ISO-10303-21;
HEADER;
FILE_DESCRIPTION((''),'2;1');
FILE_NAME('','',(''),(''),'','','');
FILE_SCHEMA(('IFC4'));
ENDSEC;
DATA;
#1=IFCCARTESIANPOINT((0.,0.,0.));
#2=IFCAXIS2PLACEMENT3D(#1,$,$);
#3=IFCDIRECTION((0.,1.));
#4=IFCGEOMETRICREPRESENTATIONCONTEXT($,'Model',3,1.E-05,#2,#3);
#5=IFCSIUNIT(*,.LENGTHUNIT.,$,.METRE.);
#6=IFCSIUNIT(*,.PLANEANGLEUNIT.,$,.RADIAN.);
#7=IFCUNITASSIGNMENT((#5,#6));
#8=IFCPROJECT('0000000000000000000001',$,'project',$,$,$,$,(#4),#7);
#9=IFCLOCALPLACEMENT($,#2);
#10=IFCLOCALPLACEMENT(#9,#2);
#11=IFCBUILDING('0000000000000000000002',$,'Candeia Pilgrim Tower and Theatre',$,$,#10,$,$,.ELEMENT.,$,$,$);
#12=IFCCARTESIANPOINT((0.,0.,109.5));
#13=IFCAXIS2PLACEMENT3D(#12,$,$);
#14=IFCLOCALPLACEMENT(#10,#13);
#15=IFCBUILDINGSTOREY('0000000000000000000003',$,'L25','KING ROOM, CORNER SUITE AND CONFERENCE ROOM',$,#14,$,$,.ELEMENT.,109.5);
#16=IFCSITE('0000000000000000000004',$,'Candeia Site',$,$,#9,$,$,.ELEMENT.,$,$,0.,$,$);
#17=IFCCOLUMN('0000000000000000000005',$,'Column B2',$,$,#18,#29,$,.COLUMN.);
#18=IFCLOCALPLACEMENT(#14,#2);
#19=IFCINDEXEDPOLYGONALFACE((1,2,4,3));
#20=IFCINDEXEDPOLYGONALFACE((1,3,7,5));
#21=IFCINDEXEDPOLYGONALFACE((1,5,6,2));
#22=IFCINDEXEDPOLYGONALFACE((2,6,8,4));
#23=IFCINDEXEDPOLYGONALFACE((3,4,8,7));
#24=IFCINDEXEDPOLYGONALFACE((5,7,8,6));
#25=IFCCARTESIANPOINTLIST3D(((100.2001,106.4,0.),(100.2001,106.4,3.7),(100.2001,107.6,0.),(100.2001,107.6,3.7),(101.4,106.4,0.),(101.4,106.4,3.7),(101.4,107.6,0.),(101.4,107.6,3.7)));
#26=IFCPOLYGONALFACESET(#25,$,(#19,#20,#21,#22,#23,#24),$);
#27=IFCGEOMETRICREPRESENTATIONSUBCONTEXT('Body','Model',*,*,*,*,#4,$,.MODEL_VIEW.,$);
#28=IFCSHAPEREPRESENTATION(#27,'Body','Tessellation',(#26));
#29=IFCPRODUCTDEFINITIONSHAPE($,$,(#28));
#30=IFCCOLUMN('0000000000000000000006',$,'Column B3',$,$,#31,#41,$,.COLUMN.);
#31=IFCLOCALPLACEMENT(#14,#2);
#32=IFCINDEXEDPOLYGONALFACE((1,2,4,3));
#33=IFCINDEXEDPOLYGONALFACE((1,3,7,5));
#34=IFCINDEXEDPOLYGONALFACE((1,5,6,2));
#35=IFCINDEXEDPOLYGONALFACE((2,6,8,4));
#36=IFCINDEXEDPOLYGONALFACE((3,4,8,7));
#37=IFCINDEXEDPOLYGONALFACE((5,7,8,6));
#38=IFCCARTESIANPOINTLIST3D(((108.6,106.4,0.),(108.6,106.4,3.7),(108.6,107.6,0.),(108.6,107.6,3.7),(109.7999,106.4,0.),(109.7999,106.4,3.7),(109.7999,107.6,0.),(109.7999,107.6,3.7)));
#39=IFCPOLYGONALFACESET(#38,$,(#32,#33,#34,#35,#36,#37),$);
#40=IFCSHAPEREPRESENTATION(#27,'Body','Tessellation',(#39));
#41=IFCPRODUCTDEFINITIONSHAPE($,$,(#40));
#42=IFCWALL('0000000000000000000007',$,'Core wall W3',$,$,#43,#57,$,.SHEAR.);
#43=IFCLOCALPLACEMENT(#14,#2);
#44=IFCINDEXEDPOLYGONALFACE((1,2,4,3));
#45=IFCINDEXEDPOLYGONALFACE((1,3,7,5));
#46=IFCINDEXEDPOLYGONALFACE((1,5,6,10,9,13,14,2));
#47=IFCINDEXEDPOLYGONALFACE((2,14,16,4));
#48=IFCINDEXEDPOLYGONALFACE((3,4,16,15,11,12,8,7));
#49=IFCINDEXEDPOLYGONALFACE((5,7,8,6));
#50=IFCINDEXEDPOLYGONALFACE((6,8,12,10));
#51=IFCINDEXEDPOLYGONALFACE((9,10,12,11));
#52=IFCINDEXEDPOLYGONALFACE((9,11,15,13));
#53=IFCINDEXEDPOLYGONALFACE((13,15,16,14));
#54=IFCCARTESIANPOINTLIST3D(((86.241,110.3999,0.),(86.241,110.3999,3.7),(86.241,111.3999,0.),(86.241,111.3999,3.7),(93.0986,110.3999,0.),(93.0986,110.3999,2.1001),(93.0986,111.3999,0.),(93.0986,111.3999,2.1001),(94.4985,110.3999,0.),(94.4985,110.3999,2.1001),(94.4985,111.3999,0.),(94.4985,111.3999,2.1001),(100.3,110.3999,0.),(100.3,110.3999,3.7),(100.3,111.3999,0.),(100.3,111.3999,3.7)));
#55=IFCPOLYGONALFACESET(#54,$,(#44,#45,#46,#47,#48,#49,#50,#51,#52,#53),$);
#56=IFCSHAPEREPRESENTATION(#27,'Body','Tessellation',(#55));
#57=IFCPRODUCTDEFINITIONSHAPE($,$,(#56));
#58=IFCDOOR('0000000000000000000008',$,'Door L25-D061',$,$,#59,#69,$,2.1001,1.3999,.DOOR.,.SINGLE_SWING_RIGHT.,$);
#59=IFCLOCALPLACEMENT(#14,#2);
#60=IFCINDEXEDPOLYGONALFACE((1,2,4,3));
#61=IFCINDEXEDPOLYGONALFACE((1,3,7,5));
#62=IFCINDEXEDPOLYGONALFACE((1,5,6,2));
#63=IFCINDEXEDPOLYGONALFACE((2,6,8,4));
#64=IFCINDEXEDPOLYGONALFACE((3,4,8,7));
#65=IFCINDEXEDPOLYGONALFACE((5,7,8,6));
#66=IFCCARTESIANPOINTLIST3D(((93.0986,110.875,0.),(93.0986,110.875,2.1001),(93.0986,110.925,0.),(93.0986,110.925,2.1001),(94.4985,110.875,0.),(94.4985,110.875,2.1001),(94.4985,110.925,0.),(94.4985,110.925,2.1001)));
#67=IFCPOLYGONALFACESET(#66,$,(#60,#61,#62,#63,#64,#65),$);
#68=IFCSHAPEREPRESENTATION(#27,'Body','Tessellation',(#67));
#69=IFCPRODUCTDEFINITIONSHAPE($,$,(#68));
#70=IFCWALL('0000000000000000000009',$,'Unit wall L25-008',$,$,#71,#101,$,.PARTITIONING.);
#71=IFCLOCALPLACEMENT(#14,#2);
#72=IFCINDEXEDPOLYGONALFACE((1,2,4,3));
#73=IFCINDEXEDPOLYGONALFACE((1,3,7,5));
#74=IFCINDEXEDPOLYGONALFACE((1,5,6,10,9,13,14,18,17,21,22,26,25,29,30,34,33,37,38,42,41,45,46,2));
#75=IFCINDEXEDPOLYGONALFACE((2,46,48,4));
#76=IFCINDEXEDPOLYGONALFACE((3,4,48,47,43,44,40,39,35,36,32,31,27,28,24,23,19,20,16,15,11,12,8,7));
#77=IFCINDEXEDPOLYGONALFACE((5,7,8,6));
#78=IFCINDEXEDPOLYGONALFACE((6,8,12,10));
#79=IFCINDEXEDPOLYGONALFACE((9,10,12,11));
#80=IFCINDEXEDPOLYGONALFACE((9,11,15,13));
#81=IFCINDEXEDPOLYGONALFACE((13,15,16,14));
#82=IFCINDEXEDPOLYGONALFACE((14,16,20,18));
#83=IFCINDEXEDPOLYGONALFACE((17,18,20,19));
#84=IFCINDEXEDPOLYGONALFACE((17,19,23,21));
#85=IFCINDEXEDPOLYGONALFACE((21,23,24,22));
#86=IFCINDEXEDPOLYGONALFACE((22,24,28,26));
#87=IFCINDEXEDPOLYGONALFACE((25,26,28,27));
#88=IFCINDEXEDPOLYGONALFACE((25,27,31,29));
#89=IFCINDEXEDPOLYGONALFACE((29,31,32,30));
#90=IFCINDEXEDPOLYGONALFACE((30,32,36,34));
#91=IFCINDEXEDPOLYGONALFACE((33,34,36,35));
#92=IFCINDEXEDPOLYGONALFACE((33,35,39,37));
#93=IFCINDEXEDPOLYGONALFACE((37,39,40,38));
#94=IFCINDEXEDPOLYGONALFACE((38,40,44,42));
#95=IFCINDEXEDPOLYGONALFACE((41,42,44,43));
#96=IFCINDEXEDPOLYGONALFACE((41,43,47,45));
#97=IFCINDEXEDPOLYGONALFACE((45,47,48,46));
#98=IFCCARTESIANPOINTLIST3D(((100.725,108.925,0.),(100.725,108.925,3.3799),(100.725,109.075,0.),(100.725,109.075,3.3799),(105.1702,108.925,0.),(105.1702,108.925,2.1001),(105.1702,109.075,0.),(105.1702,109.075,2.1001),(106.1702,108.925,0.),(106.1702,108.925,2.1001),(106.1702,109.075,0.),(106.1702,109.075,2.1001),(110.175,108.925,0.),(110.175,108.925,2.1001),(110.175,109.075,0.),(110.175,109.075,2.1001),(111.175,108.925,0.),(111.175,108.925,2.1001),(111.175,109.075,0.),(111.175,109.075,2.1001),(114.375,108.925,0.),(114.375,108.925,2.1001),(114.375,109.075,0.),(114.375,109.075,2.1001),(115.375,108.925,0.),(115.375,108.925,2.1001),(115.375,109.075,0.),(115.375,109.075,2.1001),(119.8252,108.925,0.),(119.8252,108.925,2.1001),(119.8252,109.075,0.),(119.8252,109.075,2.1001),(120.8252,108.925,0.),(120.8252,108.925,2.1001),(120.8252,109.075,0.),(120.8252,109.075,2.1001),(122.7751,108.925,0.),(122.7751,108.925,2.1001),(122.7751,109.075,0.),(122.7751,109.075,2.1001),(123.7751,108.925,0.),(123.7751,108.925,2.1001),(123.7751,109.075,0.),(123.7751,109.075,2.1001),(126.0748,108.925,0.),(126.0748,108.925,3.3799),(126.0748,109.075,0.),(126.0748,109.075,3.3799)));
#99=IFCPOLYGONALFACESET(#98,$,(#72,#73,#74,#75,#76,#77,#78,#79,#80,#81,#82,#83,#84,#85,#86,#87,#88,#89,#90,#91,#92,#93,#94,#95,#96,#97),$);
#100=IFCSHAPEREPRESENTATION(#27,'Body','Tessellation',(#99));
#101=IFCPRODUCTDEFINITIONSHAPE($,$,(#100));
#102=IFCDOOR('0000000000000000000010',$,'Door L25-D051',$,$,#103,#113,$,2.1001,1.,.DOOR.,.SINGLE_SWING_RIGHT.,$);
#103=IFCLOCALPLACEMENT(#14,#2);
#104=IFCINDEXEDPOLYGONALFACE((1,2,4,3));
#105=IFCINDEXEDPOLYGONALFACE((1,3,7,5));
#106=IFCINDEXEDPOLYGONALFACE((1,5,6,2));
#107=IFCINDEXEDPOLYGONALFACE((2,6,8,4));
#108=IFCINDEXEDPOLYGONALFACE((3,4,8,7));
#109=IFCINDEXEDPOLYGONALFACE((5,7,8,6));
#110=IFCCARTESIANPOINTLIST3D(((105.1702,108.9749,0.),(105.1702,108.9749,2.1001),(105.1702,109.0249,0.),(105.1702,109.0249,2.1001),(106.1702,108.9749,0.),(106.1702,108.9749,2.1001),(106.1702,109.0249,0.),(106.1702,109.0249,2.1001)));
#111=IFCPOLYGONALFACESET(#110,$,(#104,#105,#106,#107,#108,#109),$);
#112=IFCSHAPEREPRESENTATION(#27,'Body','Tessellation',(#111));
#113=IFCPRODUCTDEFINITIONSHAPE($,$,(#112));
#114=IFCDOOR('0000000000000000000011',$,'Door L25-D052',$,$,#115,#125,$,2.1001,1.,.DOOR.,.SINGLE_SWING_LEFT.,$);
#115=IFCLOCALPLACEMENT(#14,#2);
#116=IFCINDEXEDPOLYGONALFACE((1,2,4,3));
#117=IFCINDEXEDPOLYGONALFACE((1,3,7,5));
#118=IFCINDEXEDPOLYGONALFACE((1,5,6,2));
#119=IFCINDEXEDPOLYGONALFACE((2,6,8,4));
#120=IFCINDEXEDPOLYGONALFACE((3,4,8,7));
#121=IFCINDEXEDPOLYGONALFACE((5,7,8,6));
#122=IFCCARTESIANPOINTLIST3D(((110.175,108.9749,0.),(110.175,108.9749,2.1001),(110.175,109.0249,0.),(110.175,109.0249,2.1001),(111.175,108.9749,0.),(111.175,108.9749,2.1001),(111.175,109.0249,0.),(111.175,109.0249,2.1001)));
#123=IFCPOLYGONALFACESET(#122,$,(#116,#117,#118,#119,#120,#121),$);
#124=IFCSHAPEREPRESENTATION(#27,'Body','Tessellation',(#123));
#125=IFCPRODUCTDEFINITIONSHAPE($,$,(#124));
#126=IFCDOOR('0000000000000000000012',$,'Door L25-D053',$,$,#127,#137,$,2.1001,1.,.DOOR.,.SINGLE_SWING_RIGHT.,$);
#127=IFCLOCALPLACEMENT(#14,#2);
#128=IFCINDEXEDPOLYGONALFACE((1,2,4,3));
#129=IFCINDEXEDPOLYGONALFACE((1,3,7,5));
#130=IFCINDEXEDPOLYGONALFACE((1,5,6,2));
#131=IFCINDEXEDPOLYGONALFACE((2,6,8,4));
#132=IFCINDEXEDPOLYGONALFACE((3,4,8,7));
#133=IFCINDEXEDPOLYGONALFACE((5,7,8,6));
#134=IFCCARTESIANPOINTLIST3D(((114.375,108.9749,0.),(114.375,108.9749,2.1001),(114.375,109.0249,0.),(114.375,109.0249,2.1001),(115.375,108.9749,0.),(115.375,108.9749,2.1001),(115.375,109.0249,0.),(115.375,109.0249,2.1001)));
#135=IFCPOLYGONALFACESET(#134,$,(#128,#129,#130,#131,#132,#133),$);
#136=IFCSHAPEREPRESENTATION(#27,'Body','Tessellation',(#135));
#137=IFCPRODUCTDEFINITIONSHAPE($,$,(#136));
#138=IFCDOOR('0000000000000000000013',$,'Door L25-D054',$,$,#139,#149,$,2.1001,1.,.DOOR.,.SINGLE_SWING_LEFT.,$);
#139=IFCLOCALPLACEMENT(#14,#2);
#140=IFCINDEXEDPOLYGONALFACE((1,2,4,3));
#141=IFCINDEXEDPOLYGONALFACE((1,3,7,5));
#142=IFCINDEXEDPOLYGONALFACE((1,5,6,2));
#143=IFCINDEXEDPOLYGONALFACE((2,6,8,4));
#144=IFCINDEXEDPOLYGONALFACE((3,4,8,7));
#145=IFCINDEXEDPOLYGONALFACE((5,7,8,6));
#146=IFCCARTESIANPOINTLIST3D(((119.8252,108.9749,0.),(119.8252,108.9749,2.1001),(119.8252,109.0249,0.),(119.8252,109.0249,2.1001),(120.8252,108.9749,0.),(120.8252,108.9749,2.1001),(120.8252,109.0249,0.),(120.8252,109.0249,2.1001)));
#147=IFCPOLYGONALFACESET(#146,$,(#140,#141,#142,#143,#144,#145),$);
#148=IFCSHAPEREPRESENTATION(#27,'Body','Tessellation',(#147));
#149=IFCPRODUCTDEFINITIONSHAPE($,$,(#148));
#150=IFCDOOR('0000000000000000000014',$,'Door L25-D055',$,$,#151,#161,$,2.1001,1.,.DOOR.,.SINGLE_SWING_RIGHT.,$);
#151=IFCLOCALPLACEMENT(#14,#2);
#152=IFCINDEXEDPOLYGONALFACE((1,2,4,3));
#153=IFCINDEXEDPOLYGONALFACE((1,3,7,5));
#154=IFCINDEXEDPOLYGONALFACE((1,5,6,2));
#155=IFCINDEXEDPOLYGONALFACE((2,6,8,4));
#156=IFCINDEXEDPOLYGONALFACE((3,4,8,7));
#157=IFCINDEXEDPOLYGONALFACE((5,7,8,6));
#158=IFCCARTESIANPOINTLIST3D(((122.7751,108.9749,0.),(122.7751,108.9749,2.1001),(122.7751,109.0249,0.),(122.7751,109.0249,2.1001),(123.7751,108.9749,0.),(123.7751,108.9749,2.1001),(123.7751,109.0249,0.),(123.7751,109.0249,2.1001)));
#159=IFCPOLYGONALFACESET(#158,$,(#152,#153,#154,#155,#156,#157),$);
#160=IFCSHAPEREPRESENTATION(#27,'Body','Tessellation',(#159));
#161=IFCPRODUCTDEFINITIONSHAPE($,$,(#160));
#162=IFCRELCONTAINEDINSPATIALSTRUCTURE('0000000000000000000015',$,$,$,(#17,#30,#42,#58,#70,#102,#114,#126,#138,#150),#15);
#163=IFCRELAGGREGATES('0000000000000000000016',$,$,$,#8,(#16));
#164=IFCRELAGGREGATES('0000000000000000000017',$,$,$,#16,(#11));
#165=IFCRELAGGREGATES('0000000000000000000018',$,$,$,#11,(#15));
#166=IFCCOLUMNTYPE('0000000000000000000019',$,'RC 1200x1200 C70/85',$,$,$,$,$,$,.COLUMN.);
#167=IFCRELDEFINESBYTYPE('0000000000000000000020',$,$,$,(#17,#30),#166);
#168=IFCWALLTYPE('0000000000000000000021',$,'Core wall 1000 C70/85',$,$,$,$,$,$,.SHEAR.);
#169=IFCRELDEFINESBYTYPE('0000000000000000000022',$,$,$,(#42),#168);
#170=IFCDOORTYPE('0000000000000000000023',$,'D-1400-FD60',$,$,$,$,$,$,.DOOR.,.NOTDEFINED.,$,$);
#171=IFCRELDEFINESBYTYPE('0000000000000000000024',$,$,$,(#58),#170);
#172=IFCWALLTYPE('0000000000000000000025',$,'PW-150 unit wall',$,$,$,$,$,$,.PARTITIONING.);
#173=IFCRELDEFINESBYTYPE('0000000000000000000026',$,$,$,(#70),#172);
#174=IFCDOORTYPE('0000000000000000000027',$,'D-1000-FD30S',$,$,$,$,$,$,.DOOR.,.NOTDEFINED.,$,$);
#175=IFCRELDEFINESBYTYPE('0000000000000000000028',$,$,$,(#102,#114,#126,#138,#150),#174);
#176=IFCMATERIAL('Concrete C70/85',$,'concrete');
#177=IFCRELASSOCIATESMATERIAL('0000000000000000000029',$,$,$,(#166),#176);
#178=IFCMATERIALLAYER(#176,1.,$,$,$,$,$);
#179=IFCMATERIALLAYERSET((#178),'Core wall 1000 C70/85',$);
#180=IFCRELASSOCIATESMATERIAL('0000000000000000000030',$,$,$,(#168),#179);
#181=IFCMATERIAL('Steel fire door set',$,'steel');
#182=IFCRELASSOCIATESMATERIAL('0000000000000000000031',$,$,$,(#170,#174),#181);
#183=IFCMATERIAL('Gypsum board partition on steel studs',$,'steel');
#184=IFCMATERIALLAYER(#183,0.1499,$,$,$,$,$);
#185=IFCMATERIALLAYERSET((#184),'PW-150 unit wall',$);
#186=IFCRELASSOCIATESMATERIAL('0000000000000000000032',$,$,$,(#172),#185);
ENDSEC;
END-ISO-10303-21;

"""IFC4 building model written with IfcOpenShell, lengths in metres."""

from ifc_helpers import new_model, si_unit, direction, frame, frame_2d, origin, origin_2d, place, context, subcontext, project, spatial, rectangle, extrude, material, layer, layer_set, material_profile, profile_set, type_object, element, fill, save


model = new_model("IFC4")

# Units and contexts
model_context = context("Model", 3, precision=1e-05, world=origin(), true_north=direction((0.0, 1.0)))
body_context = subcontext(model_context, "Body", "Model", "MODEL_VIEW")
ifc_project = project(units=[si_unit("LENGTHUNIT", "METRE"), si_unit("PLANEANGLEUNIT", "RADIAN")], contexts=[model_context])

# Site, building, storey
site_placement = place(None, origin())
site = spatial("IfcSite", under=ifc_project, at=site_placement, Name="Candeia Site", CompositionType="ELEMENT", RefElevation=0.0)
building_placement = place(site_placement, origin())
building = spatial("IfcBuilding", under=site, at=building_placement, Name="Candeia Pilgrim Tower and Theatre", CompositionType="ELEMENT")
storey_placement = place(building_placement, frame((0.0, 0.0, 109.5)))
storey = spatial("IfcBuildingStorey", under=building, at=storey_placement, Name="L25", Description="KING ROOM, CORNER SUITE AND CONFERENCE ROOM", CompositionType="ELEMENT", Elevation=109.5)

# Columns
ifc_material_1 = material(Name="Concrete C70/85", Category="concrete")
ifc_material_profile = material_profile(ifc_material_1, rectangle(XDim=1.2, YDim=1.2, at=origin_2d()))
ifc_profile_set = profile_set([ifc_material_profile], Name="Concrete C70/85")
column_type = type_object("IfcColumnType", Name="RC 1200x1200 C70/85", PredefinedType="COLUMN", material=ifc_profile_set)
for number, where, z_axis, x_axis, name in (
    (1, (100.8, 107.0, 0.0), (0.0, 0.0, 1.0), (1.0, 0.0, 0.0), "Column B2"),
    (2, (109.2, 107.0, 0.0), (0.0, 0.0, 1.0), (1.0, 0.0, 0.0), "Column B3"),
):
    element("IfcColumn", number, at=place(storey_placement, frame(where, z_axis=z_axis, x_axis=x_axis)), inside=storey, type_object=column_type, Name=name, PredefinedType="COLUMN", context=body_context, shape_type="SweptSolid", body=[
        extrude(rectangle(XDim=1.2, YDim=1.2, at=origin_2d()), origin(), (0.0, 0.0, 1.0), 3.7),
    ])

# Wall, opening, door
ifc_layer_1 = layer(ifc_material_1, 1.0)
ifc_layer_set_1 = layer_set([ifc_layer_1], Name="Core wall 1000 C70/85")
wall_type_1 = type_object("IfcWallType", Name="Core wall 1000 C70/85", PredefinedType="SHEAR", material=ifc_layer_set_1)
wall_1_placement = place(storey_placement, frame((100.3, 110.8999, 0.0), z_axis=(0.0, 0.0, 1.0), x_axis=(-1.0, 0.0, 0.0)))
wall_1 = element("IfcWall", 3, at=wall_1_placement, inside=storey, type_object=wall_type_1, Name="Core wall W3", PredefinedType="SHEAR", context=body_context, shape_type="SweptSolid", body=[
    extrude(rectangle(XDim=14.0591, YDim=1.0, at=frame_2d((7.0295, 0.0))), origin(), (0.0, 0.0, 1.0), 3.7),
])
opening_1_placement = place(wall_1_placement, frame((5.8015, 0.0, 0.0)))
opening_1 = element("IfcOpeningElement", 4, at=opening_1_placement, cuts=wall_1, PredefinedType="OPENING", context=body_context, shape_type="SweptSolid", body=[
    extrude(rectangle(XDim=1.3999, YDim=2.1001, at=frame_2d((0.7, 1.05))), frame((0.0, 0.51, 0.0), z_axis=(0.0, -1.0, 0.0), x_axis=(1.0, 0.0, 0.0)), (0.0, 0.0, 1.0), 1.02),
])
ifc_material_2 = material(Name="Steel fire door set", Category="steel")
door_type_1 = type_object("IfcDoorType", Name="D-1400-FD60", OperationType="NOTDEFINED", PredefinedType="DOOR", material=ifc_material_2)
door_1_placement = place(opening_1_placement, origin())
door_1 = element("IfcDoor", 5, at=door_1_placement, inside=storey, type_object=door_type_1, Name="Door L25-D061", OperationType="SINGLE_SWING_RIGHT", OverallHeight=2.1001, OverallWidth=1.3999, PredefinedType="DOOR", context=body_context, shape_type="SweptSolid", body=[
    extrude(rectangle(XDim=1.3999, YDim=2.1001, at=frame_2d((0.7, 1.05))), frame((0.0, 0.0249, 0.0), z_axis=(0.0, -1.0, 0.0), x_axis=(1.0, 0.0, 0.0)), (0.0, 0.0, 1.0), 0.05),
])
fill(opening_1, door_1)

# Wall, openings, doors
ifc_material_3 = material(Name="Gypsum board partition on steel studs", Category="steel")
ifc_layer_2 = layer(ifc_material_3, 0.1499)
ifc_layer_set_2 = layer_set([ifc_layer_2], Name="PW-150 unit wall")
wall_type_2 = type_object("IfcWallType", Name="PW-150 unit wall", PredefinedType="PARTITIONING", material=ifc_layer_set_2)
wall_2_placement = place(storey_placement, frame((100.7251, 109.0, 0.0), z_axis=(0.0, 0.0, 1.0), x_axis=(1.0, 0.0, 0.0)))
wall_2 = element("IfcWall", 6, at=wall_2_placement, inside=storey, type_object=wall_type_2, Name="Unit wall L25-008", PredefinedType="PARTITIONING", context=body_context, shape_type="SweptSolid", body=[
    extrude(rectangle(XDim=25.3499, YDim=0.1499, at=frame_2d((12.6748, 0.0))), origin(), (0.0, 0.0, 1.0), 3.3799),
])
opening_2_placement = place(wall_2_placement, frame((4.4451, 0.0, 0.0)))
opening_2 = element("IfcOpeningElement", 7, at=opening_2_placement, cuts=wall_2, PredefinedType="OPENING", context=body_context, shape_type="SweptSolid", body=[
    extrude(rectangle(XDim=1.0, YDim=2.1001, at=frame_2d((0.5, 1.05))), frame((0.0, 0.085, 0.0), z_axis=(0.0, -1.0, 0.0), x_axis=(1.0, 0.0, 0.0)), (0.0, 0.0, 1.0), 0.1699),
])
opening_3_placement = place(wall_2_placement, frame((9.45, 0.0, 0.0)))
opening_3 = element("IfcOpeningElement", 8, at=opening_3_placement, cuts=wall_2, PredefinedType="OPENING", context=body_context, shape_type="SweptSolid", body=[
    extrude(rectangle(XDim=1.0, YDim=2.1001, at=frame_2d((0.5, 1.05))), frame((0.0, 0.085, 0.0), z_axis=(0.0, -1.0, 0.0), x_axis=(1.0, 0.0, 0.0)), (0.0, 0.0, 1.0), 0.1699),
])
opening_4_placement = place(wall_2_placement, frame((13.6499, 0.0, 0.0)))
opening_4 = element("IfcOpeningElement", 9, at=opening_4_placement, cuts=wall_2, PredefinedType="OPENING", context=body_context, shape_type="SweptSolid", body=[
    extrude(rectangle(XDim=1.0, YDim=2.1001, at=frame_2d((0.5, 1.05))), frame((0.0, 0.085, 0.0), z_axis=(0.0, -1.0, 0.0), x_axis=(1.0, 0.0, 0.0)), (0.0, 0.0, 1.0), 0.1699),
])
opening_5_placement = place(wall_2_placement, frame((19.1001, 0.0, 0.0)))
opening_5 = element("IfcOpeningElement", 10, at=opening_5_placement, cuts=wall_2, PredefinedType="OPENING", context=body_context, shape_type="SweptSolid", body=[
    extrude(rectangle(XDim=1.0, YDim=2.1001, at=frame_2d((0.5, 1.05))), frame((0.0, 0.085, 0.0), z_axis=(0.0, -1.0, 0.0), x_axis=(1.0, 0.0, 0.0)), (0.0, 0.0, 1.0), 0.1699),
])
opening_6_placement = place(wall_2_placement, frame((22.05, 0.0, 0.0)))
opening_6 = element("IfcOpeningElement", 11, at=opening_6_placement, cuts=wall_2, PredefinedType="OPENING", context=body_context, shape_type="SweptSolid", body=[
    extrude(rectangle(XDim=1.0, YDim=2.1001, at=frame_2d((0.5, 1.05))), frame((0.0, 0.085, 0.0), z_axis=(0.0, -1.0, 0.0), x_axis=(1.0, 0.0, 0.0)), (0.0, 0.0, 1.0), 0.1699),
])
door_type_2 = type_object("IfcDoorType", Name="D-1000-FD30S", OperationType="NOTDEFINED", PredefinedType="DOOR", material=ifc_material_2)
door_2_placement = place(opening_2_placement, origin())
door_2 = element("IfcDoor", 12, at=door_2_placement, inside=storey, type_object=door_type_2, Name="Door L25-D051", OperationType="SINGLE_SWING_RIGHT", OverallHeight=2.1001, OverallWidth=1.0, PredefinedType="DOOR", context=body_context, shape_type="SweptSolid", body=[
    extrude(rectangle(XDim=1.0, YDim=2.1001, at=frame_2d((0.5, 1.05))), frame((0.0, 0.0249, 0.0), z_axis=(0.0, -1.0, 0.0), x_axis=(1.0, 0.0, 0.0)), (0.0, 0.0, 1.0), 0.05),
])
fill(opening_2, door_2)
door_3_placement = place(opening_3_placement, origin())
door_3 = element("IfcDoor", 13, at=door_3_placement, inside=storey, type_object=door_type_2, Name="Door L25-D052", OperationType="SINGLE_SWING_LEFT", OverallHeight=2.1001, OverallWidth=1.0, PredefinedType="DOOR", context=body_context, shape_type="SweptSolid", body=[
    extrude(rectangle(XDim=1.0, YDim=2.1001, at=frame_2d((0.5, 1.05))), frame((0.0, 0.0249, 0.0), z_axis=(0.0, -1.0, 0.0), x_axis=(1.0, 0.0, 0.0)), (0.0, 0.0, 1.0), 0.05),
])
fill(opening_3, door_3)
door_4_placement = place(opening_4_placement, origin())
door_4 = element("IfcDoor", 14, at=door_4_placement, inside=storey, type_object=door_type_2, Name="Door L25-D053", OperationType="SINGLE_SWING_RIGHT", OverallHeight=2.1001, OverallWidth=1.0, PredefinedType="DOOR", context=body_context, shape_type="SweptSolid", body=[
    extrude(rectangle(XDim=1.0, YDim=2.1001, at=frame_2d((0.5, 1.05))), frame((0.0, 0.0249, 0.0), z_axis=(0.0, -1.0, 0.0), x_axis=(1.0, 0.0, 0.0)), (0.0, 0.0, 1.0), 0.05),
])
fill(opening_4, door_4)
door_5_placement = place(opening_5_placement, origin())
door_5 = element("IfcDoor", 15, at=door_5_placement, inside=storey, type_object=door_type_2, Name="Door L25-D054", OperationType="SINGLE_SWING_LEFT", OverallHeight=2.1001, OverallWidth=1.0, PredefinedType="DOOR", context=body_context, shape_type="SweptSolid", body=[
    extrude(rectangle(XDim=1.0, YDim=2.1001, at=frame_2d((0.5, 1.05))), frame((0.0, 0.0249, 0.0), z_axis=(0.0, -1.0, 0.0), x_axis=(1.0, 0.0, 0.0)), (0.0, 0.0, 1.0), 0.05),
])
fill(opening_5, door_5)
door_6_placement = place(opening_6_placement, origin())
door_6 = element("IfcDoor", 16, at=door_6_placement, inside=storey, type_object=door_type_2, Name="Door L25-D055", OperationType="SINGLE_SWING_RIGHT", OverallHeight=2.1001, OverallWidth=1.0, PredefinedType="DOOR", context=body_context, shape_type="SweptSolid", body=[
    extrude(rectangle(XDim=1.0, YDim=2.1001, at=frame_2d((0.5, 1.05))), frame((0.0, 0.0249, 0.0), z_axis=(0.0, -1.0, 0.0), x_axis=(1.0, 0.0, 0.0)), (0.0, 0.0, 1.0), 0.05),
])
fill(opening_6, door_6)

save(model, "model.ifc")
